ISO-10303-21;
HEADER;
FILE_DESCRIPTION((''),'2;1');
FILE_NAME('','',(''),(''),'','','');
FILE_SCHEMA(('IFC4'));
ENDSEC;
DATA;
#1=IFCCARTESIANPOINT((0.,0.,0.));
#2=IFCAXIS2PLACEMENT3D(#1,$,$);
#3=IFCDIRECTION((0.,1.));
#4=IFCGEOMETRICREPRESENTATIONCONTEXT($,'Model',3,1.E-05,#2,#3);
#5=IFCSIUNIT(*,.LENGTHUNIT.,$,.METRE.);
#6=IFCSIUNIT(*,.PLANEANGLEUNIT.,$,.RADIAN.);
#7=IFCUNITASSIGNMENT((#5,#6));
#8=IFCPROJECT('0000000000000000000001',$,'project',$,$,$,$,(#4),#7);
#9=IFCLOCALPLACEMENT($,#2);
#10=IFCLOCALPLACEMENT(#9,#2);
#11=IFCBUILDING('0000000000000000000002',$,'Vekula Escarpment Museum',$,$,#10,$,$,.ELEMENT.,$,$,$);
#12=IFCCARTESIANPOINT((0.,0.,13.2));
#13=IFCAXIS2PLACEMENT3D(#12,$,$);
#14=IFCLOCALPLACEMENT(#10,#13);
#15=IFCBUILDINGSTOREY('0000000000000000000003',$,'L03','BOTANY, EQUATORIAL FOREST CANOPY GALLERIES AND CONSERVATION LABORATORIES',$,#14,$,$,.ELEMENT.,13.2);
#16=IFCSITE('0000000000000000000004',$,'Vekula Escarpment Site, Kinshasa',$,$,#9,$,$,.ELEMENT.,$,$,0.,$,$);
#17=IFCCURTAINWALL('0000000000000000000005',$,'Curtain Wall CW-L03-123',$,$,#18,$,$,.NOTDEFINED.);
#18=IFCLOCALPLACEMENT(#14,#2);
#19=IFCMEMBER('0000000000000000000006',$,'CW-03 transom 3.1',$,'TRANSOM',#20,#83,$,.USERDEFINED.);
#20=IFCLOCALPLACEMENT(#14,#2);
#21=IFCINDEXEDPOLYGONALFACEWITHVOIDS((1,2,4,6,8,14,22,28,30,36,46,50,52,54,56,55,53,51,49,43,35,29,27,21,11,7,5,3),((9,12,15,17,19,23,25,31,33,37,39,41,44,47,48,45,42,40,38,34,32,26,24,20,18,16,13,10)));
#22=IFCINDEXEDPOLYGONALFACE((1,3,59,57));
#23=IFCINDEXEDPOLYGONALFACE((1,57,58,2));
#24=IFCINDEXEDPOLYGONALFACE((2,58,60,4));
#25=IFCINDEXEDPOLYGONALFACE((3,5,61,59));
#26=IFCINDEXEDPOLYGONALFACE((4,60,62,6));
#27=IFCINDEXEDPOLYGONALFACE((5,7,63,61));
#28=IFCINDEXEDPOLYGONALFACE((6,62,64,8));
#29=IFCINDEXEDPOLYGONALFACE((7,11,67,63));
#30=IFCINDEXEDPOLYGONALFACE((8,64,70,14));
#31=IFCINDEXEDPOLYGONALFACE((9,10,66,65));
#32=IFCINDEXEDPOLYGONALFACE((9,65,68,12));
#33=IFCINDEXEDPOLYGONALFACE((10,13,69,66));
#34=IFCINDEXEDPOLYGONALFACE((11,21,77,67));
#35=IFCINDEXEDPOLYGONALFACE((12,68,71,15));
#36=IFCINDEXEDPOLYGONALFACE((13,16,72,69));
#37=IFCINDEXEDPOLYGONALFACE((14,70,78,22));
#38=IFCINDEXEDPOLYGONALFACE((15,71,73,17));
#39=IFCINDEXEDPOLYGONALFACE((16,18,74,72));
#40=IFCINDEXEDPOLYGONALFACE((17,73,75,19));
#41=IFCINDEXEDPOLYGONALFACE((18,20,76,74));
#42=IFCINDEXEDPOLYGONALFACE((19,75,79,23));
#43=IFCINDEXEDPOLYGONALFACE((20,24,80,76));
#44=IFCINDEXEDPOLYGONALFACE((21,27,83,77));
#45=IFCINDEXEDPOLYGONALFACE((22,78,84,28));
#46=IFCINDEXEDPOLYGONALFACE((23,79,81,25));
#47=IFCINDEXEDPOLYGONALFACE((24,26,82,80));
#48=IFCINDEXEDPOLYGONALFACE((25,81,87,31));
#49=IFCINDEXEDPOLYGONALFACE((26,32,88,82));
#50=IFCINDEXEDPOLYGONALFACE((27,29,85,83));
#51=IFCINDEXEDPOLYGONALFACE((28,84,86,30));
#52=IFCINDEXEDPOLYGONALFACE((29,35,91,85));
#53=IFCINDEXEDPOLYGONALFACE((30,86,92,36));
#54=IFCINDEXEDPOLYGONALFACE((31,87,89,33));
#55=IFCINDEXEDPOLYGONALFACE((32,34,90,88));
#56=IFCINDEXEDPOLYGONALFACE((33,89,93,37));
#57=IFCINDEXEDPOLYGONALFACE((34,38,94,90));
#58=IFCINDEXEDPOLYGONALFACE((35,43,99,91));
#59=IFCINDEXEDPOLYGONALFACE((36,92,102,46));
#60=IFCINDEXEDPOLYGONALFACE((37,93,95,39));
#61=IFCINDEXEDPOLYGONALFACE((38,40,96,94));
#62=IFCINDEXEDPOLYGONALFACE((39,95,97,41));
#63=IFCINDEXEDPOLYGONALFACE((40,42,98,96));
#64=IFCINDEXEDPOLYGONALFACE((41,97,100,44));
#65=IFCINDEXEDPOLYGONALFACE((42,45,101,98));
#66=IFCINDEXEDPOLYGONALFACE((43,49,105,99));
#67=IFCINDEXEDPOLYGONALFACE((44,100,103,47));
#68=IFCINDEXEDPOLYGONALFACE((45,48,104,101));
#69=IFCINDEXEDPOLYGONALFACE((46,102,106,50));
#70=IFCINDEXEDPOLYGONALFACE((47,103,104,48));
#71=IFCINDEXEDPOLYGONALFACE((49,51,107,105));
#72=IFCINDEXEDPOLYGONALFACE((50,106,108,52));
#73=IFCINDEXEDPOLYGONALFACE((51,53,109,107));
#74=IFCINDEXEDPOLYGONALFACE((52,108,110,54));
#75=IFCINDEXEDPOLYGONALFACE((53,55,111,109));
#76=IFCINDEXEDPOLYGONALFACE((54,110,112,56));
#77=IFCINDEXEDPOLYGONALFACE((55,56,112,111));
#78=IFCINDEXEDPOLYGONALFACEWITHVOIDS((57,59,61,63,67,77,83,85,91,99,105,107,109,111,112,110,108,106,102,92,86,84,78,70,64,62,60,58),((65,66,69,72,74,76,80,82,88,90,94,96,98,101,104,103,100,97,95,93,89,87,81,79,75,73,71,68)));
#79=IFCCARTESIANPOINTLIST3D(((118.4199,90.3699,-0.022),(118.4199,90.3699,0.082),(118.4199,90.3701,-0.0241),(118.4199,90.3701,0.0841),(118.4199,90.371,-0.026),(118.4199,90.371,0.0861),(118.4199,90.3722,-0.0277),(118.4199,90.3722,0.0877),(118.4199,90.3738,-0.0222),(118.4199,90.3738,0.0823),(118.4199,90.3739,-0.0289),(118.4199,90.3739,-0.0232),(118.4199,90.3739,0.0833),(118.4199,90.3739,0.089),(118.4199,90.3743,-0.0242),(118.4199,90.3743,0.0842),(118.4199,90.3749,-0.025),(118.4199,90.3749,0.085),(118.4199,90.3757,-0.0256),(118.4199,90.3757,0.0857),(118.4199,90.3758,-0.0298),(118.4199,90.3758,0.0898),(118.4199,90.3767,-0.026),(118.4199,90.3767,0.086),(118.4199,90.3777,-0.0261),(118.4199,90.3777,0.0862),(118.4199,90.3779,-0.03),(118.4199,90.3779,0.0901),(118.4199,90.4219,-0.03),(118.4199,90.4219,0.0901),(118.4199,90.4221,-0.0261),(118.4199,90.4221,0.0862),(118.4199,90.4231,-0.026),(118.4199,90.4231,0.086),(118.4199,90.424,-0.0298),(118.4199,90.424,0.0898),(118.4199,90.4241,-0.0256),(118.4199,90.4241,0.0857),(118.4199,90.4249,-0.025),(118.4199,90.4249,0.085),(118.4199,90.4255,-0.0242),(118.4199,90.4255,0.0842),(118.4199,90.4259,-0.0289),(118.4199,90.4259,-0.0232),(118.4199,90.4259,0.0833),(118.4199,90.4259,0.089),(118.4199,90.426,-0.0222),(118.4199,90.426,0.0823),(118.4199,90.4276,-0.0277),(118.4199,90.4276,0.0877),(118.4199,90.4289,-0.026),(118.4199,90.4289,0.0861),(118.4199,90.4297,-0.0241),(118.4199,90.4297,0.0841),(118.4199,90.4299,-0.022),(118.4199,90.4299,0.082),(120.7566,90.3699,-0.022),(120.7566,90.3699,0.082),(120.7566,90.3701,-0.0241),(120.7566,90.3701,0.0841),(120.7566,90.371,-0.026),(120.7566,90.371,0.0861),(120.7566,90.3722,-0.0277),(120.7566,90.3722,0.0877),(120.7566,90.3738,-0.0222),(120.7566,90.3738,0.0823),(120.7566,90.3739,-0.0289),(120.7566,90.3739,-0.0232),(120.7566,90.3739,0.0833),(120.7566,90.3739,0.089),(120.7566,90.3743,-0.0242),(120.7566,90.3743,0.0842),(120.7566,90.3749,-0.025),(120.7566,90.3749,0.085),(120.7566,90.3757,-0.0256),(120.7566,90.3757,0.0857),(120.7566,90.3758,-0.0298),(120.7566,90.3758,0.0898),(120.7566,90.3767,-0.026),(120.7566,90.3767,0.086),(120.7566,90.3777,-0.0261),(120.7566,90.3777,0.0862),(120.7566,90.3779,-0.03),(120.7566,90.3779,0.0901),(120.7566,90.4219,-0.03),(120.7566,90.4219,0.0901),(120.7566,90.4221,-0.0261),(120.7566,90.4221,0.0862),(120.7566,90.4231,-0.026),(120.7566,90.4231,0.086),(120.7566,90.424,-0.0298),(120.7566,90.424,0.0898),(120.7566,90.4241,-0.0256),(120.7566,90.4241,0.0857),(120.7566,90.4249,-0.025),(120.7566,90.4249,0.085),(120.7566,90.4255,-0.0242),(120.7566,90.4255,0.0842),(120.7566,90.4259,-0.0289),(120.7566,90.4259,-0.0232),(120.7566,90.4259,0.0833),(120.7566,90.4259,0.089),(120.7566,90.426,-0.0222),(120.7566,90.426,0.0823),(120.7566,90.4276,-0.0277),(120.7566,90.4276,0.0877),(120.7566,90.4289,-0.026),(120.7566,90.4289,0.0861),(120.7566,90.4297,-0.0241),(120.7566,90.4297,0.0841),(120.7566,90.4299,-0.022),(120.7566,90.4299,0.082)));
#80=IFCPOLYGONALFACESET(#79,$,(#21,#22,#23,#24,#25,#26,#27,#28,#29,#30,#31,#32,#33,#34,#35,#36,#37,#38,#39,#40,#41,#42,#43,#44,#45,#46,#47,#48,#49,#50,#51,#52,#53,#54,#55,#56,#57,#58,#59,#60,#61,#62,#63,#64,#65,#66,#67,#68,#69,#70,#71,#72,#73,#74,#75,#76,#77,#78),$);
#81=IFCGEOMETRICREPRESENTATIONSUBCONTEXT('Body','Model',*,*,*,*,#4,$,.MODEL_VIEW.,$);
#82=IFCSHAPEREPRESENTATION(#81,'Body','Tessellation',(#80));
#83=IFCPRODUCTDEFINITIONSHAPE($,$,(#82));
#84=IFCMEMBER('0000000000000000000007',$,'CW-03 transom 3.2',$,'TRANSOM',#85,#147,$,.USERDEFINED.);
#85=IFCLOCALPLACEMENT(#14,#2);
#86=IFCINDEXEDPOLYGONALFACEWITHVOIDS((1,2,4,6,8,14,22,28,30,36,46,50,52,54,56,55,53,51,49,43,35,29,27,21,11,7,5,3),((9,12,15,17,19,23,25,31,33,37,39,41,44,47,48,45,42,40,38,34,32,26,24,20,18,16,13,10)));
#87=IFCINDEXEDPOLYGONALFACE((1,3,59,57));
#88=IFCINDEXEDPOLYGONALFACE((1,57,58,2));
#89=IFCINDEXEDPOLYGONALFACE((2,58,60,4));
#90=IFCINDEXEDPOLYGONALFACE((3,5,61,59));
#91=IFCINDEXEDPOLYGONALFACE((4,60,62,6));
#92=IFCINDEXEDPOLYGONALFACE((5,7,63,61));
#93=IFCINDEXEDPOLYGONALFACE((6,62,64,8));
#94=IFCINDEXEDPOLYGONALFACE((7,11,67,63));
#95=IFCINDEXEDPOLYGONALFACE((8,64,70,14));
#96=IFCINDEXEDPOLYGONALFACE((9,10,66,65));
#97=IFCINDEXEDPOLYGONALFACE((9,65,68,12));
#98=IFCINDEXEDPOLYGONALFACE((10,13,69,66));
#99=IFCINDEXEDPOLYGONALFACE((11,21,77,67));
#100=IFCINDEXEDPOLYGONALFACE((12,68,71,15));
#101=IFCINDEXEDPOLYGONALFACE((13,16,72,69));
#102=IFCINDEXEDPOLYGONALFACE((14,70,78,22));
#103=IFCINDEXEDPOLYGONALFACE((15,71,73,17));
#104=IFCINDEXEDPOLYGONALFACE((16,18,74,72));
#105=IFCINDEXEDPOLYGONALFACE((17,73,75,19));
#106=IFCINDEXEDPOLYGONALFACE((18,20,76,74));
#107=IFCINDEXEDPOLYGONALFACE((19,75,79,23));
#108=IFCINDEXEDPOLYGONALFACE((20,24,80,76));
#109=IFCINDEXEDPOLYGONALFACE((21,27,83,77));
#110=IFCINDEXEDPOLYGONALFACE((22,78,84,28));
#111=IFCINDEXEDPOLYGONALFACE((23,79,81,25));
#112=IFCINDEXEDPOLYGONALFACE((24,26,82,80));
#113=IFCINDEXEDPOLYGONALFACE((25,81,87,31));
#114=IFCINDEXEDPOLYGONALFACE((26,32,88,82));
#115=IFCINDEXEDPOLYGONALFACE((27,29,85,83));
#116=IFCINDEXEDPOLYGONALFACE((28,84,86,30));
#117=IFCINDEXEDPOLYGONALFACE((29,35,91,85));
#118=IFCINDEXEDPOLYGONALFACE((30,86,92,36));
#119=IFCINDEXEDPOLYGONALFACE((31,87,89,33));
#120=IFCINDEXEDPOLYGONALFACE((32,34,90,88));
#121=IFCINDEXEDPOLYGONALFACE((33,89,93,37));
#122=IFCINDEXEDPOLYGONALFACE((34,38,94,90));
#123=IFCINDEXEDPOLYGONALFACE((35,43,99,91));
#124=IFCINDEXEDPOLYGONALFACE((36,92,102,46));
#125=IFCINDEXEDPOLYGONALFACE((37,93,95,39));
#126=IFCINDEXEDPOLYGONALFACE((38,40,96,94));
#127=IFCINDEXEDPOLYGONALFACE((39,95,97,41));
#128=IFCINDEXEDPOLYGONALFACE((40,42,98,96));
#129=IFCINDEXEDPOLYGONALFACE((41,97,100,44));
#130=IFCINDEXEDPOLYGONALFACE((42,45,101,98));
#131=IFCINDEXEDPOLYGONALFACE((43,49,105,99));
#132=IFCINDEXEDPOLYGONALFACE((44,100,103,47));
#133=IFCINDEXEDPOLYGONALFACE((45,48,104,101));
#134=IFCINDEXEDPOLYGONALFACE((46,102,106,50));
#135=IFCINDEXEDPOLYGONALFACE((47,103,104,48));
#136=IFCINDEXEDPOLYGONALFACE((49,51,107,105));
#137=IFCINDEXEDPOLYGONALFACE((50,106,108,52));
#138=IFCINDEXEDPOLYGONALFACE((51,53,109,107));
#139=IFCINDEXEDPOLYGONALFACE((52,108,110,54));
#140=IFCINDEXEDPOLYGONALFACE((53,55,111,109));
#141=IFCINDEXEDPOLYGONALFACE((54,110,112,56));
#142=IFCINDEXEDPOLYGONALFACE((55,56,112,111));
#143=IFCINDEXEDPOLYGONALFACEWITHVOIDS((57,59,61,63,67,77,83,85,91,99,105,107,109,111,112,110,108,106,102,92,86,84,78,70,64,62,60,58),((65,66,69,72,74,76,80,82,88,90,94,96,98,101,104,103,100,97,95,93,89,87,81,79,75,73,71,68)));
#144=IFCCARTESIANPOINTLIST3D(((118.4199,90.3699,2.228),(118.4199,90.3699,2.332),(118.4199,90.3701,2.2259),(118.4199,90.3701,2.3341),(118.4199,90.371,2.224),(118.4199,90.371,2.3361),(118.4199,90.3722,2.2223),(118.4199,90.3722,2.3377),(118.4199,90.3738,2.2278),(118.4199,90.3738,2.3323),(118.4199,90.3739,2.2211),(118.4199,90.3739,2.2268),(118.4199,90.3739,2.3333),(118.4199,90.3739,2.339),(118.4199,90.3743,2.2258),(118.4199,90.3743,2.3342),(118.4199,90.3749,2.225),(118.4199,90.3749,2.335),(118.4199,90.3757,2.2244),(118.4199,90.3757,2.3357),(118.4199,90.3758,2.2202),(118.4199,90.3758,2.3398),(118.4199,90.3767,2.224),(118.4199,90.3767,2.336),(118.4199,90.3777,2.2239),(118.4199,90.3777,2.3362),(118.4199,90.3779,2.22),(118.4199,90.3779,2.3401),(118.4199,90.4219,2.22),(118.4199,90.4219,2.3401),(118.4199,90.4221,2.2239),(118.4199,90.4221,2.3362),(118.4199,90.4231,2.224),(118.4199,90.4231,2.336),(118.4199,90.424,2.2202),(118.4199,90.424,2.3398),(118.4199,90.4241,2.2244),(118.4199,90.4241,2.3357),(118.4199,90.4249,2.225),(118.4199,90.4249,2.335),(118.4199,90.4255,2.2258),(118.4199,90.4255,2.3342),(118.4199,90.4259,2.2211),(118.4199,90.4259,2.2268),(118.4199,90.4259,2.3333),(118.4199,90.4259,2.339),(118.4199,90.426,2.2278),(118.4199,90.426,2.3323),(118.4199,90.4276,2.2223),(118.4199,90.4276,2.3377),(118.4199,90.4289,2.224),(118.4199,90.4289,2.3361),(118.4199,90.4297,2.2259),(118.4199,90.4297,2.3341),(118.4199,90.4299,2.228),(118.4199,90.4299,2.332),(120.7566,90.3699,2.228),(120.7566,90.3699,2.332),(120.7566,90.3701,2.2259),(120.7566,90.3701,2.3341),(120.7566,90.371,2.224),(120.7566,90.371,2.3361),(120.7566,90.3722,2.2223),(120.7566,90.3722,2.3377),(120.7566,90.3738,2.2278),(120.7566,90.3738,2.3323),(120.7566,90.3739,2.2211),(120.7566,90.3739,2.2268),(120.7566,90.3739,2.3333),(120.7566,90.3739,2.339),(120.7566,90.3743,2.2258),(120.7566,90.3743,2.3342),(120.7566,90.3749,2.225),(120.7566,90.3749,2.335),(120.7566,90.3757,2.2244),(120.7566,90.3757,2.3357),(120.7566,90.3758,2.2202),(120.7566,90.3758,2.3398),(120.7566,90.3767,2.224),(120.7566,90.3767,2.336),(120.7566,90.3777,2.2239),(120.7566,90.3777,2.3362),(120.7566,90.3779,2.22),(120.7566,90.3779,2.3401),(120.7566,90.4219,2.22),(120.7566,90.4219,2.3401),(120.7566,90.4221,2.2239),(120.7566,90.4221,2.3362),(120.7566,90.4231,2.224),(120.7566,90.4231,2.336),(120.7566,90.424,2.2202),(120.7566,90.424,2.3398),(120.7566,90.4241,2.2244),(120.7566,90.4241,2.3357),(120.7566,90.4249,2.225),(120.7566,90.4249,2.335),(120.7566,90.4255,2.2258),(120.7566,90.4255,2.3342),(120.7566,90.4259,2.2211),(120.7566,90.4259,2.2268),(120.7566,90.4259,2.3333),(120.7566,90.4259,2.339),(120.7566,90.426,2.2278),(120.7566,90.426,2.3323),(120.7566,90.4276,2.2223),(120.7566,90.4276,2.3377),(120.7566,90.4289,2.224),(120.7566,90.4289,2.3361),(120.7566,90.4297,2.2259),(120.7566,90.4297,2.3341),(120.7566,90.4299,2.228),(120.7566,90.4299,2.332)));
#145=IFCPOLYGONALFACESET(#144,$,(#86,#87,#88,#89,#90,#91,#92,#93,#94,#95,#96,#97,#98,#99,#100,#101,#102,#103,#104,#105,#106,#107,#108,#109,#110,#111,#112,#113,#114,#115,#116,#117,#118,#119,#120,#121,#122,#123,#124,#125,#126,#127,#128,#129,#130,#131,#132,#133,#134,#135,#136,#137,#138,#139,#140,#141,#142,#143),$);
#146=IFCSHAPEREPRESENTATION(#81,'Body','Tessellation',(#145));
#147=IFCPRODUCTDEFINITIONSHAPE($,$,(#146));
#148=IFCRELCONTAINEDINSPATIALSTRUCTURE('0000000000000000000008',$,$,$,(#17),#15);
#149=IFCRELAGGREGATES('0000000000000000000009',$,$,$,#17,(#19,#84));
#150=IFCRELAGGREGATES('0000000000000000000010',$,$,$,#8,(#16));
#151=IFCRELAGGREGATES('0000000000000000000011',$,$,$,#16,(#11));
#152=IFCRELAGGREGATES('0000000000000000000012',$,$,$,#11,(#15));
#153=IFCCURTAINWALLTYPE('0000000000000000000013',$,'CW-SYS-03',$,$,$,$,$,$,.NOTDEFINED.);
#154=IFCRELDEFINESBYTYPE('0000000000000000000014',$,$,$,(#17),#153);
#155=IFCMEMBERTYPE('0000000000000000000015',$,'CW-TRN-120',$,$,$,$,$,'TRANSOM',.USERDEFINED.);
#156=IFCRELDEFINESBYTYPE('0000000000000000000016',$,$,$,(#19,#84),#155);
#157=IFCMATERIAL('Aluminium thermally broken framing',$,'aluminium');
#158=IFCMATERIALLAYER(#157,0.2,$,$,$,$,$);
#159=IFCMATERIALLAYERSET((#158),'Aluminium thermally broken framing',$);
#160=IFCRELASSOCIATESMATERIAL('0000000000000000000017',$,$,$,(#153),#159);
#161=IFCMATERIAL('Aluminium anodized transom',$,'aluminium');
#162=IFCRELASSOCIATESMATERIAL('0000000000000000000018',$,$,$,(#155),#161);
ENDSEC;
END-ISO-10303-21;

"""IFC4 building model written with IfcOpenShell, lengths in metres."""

from ifc_helpers import new_model, si_unit, direction, frame, origin, origin_2d, place, context, subcontext, project, spatial, hollow_rectangle, extrude, material, layer, layer_set, material_profile, profile_set, type_object, element, aggregate, save


model = new_model("IFC4")

# Units and contexts
model_context = context("Model", 3, precision=1e-05, world=origin(), true_north=direction((0.0, 1.0)))
body_context = subcontext(model_context, "Body", "Model", "MODEL_VIEW")
ifc_project = project(units=[si_unit("LENGTHUNIT", "METRE"), si_unit("PLANEANGLEUNIT", "RADIAN")], contexts=[model_context])

# Site, building, storey
site_placement = place(None, origin())
site = spatial("IfcSite", under=ifc_project, at=site_placement, Name="Vekula Escarpment Site, Kinshasa", CompositionType="ELEMENT", RefElevation=0.0)
building_placement = place(site_placement, origin())
building = spatial("IfcBuilding", under=site, at=building_placement, Name="Vekula Escarpment Museum", CompositionType="ELEMENT")
storey_placement = place(building_placement, frame((0.0, 0.0, 13.2)))
storey = spatial("IfcBuildingStorey", under=building, at=storey_placement, Name="L03", Description="BOTANY, EQUATORIAL FOREST CANOPY GALLERIES AND CONSERVATION LABORATORIES", CompositionType="ELEMENT", Elevation=13.2)

# Curtain wall
ifc_material_1 = material(Name="Aluminium thermally broken framing", Category="aluminium")
ifc_layer_1 = layer(ifc_material_1, 0.2)
ifc_layer_set_1 = layer_set([ifc_layer_1], Name="Aluminium thermally broken framing")
curtain_wall_type_1 = type_object("IfcCurtainWallType", Name="CW-SYS-03", PredefinedType="NOTDEFINED", material=ifc_layer_set_1)
curtain_wall_1_placement = place(storey_placement, origin())
curtain_wall_1 = element("IfcCurtainWall", 1, at=curtain_wall_1_placement, inside=storey, type_object=curtain_wall_type_1, Name="Curtain Wall CW-L03-123", PredefinedType="NOTDEFINED")

# Members
ifc_material_2 = material(Name="Aluminium anodized transom", Category="aluminium")
ifc_material_profile_1 = material_profile(ifc_material_2, hollow_rectangle(XDim=0.0601, YDim=0.1201, WallThickness=0.0039, InnerFilletRadius=0.0039, OuterFilletRadius=0.0081, at=origin_2d()), Name="ALU 120x60x4")
ifc_profile_set_1 = profile_set([ifc_material_profile_1], Name="Aluminium anodized transom")
member_type_1 = type_object("IfcMemberType", Name="CW-TRN-120", ElementType="TRANSOM", PredefinedType="USERDEFINED", material=ifc_profile_set_1)
member_1_placement = place(storey_placement, frame((120.7566, 90.3999, 0.03), z_axis=(-1.0, 0.0, 0.0), x_axis=(0.0, -1.0, 0.0)))
member_1 = element("IfcMember", 2, at=member_1_placement, type_object=member_type_1, Name="CW-03 transom 3.1", ObjectType="TRANSOM", PredefinedType="USERDEFINED", context=body_context, shape_type="SweptSolid", body=[
    extrude(hollow_rectangle(XDim=0.0601, YDim=0.1201, WallThickness=0.0039, InnerFilletRadius=0.0039, OuterFilletRadius=0.0081, at=origin_2d()), origin(), (0.0, 0.0, 1.0), 2.3367),
])
member_2_placement = place(storey_placement, frame((120.7566, 90.3999, 2.28), z_axis=(-1.0, 0.0, 0.0), x_axis=(0.0, -1.0, 0.0)))
member_2 = element("IfcMember", 3, at=member_2_placement, type_object=member_type_1, Name="CW-03 transom 3.2", ObjectType="TRANSOM", PredefinedType="USERDEFINED", context=body_context, shape_type="SweptSolid", body=[
    extrude(hollow_rectangle(XDim=0.0601, YDim=0.1201, WallThickness=0.0039, InnerFilletRadius=0.0039, OuterFilletRadius=0.0081, at=origin_2d()), origin(), (0.0, 0.0, 1.0), 2.3367),
])

aggregate(curtain_wall_1, [member_1, member_2])

save(model, "model.ifc")
